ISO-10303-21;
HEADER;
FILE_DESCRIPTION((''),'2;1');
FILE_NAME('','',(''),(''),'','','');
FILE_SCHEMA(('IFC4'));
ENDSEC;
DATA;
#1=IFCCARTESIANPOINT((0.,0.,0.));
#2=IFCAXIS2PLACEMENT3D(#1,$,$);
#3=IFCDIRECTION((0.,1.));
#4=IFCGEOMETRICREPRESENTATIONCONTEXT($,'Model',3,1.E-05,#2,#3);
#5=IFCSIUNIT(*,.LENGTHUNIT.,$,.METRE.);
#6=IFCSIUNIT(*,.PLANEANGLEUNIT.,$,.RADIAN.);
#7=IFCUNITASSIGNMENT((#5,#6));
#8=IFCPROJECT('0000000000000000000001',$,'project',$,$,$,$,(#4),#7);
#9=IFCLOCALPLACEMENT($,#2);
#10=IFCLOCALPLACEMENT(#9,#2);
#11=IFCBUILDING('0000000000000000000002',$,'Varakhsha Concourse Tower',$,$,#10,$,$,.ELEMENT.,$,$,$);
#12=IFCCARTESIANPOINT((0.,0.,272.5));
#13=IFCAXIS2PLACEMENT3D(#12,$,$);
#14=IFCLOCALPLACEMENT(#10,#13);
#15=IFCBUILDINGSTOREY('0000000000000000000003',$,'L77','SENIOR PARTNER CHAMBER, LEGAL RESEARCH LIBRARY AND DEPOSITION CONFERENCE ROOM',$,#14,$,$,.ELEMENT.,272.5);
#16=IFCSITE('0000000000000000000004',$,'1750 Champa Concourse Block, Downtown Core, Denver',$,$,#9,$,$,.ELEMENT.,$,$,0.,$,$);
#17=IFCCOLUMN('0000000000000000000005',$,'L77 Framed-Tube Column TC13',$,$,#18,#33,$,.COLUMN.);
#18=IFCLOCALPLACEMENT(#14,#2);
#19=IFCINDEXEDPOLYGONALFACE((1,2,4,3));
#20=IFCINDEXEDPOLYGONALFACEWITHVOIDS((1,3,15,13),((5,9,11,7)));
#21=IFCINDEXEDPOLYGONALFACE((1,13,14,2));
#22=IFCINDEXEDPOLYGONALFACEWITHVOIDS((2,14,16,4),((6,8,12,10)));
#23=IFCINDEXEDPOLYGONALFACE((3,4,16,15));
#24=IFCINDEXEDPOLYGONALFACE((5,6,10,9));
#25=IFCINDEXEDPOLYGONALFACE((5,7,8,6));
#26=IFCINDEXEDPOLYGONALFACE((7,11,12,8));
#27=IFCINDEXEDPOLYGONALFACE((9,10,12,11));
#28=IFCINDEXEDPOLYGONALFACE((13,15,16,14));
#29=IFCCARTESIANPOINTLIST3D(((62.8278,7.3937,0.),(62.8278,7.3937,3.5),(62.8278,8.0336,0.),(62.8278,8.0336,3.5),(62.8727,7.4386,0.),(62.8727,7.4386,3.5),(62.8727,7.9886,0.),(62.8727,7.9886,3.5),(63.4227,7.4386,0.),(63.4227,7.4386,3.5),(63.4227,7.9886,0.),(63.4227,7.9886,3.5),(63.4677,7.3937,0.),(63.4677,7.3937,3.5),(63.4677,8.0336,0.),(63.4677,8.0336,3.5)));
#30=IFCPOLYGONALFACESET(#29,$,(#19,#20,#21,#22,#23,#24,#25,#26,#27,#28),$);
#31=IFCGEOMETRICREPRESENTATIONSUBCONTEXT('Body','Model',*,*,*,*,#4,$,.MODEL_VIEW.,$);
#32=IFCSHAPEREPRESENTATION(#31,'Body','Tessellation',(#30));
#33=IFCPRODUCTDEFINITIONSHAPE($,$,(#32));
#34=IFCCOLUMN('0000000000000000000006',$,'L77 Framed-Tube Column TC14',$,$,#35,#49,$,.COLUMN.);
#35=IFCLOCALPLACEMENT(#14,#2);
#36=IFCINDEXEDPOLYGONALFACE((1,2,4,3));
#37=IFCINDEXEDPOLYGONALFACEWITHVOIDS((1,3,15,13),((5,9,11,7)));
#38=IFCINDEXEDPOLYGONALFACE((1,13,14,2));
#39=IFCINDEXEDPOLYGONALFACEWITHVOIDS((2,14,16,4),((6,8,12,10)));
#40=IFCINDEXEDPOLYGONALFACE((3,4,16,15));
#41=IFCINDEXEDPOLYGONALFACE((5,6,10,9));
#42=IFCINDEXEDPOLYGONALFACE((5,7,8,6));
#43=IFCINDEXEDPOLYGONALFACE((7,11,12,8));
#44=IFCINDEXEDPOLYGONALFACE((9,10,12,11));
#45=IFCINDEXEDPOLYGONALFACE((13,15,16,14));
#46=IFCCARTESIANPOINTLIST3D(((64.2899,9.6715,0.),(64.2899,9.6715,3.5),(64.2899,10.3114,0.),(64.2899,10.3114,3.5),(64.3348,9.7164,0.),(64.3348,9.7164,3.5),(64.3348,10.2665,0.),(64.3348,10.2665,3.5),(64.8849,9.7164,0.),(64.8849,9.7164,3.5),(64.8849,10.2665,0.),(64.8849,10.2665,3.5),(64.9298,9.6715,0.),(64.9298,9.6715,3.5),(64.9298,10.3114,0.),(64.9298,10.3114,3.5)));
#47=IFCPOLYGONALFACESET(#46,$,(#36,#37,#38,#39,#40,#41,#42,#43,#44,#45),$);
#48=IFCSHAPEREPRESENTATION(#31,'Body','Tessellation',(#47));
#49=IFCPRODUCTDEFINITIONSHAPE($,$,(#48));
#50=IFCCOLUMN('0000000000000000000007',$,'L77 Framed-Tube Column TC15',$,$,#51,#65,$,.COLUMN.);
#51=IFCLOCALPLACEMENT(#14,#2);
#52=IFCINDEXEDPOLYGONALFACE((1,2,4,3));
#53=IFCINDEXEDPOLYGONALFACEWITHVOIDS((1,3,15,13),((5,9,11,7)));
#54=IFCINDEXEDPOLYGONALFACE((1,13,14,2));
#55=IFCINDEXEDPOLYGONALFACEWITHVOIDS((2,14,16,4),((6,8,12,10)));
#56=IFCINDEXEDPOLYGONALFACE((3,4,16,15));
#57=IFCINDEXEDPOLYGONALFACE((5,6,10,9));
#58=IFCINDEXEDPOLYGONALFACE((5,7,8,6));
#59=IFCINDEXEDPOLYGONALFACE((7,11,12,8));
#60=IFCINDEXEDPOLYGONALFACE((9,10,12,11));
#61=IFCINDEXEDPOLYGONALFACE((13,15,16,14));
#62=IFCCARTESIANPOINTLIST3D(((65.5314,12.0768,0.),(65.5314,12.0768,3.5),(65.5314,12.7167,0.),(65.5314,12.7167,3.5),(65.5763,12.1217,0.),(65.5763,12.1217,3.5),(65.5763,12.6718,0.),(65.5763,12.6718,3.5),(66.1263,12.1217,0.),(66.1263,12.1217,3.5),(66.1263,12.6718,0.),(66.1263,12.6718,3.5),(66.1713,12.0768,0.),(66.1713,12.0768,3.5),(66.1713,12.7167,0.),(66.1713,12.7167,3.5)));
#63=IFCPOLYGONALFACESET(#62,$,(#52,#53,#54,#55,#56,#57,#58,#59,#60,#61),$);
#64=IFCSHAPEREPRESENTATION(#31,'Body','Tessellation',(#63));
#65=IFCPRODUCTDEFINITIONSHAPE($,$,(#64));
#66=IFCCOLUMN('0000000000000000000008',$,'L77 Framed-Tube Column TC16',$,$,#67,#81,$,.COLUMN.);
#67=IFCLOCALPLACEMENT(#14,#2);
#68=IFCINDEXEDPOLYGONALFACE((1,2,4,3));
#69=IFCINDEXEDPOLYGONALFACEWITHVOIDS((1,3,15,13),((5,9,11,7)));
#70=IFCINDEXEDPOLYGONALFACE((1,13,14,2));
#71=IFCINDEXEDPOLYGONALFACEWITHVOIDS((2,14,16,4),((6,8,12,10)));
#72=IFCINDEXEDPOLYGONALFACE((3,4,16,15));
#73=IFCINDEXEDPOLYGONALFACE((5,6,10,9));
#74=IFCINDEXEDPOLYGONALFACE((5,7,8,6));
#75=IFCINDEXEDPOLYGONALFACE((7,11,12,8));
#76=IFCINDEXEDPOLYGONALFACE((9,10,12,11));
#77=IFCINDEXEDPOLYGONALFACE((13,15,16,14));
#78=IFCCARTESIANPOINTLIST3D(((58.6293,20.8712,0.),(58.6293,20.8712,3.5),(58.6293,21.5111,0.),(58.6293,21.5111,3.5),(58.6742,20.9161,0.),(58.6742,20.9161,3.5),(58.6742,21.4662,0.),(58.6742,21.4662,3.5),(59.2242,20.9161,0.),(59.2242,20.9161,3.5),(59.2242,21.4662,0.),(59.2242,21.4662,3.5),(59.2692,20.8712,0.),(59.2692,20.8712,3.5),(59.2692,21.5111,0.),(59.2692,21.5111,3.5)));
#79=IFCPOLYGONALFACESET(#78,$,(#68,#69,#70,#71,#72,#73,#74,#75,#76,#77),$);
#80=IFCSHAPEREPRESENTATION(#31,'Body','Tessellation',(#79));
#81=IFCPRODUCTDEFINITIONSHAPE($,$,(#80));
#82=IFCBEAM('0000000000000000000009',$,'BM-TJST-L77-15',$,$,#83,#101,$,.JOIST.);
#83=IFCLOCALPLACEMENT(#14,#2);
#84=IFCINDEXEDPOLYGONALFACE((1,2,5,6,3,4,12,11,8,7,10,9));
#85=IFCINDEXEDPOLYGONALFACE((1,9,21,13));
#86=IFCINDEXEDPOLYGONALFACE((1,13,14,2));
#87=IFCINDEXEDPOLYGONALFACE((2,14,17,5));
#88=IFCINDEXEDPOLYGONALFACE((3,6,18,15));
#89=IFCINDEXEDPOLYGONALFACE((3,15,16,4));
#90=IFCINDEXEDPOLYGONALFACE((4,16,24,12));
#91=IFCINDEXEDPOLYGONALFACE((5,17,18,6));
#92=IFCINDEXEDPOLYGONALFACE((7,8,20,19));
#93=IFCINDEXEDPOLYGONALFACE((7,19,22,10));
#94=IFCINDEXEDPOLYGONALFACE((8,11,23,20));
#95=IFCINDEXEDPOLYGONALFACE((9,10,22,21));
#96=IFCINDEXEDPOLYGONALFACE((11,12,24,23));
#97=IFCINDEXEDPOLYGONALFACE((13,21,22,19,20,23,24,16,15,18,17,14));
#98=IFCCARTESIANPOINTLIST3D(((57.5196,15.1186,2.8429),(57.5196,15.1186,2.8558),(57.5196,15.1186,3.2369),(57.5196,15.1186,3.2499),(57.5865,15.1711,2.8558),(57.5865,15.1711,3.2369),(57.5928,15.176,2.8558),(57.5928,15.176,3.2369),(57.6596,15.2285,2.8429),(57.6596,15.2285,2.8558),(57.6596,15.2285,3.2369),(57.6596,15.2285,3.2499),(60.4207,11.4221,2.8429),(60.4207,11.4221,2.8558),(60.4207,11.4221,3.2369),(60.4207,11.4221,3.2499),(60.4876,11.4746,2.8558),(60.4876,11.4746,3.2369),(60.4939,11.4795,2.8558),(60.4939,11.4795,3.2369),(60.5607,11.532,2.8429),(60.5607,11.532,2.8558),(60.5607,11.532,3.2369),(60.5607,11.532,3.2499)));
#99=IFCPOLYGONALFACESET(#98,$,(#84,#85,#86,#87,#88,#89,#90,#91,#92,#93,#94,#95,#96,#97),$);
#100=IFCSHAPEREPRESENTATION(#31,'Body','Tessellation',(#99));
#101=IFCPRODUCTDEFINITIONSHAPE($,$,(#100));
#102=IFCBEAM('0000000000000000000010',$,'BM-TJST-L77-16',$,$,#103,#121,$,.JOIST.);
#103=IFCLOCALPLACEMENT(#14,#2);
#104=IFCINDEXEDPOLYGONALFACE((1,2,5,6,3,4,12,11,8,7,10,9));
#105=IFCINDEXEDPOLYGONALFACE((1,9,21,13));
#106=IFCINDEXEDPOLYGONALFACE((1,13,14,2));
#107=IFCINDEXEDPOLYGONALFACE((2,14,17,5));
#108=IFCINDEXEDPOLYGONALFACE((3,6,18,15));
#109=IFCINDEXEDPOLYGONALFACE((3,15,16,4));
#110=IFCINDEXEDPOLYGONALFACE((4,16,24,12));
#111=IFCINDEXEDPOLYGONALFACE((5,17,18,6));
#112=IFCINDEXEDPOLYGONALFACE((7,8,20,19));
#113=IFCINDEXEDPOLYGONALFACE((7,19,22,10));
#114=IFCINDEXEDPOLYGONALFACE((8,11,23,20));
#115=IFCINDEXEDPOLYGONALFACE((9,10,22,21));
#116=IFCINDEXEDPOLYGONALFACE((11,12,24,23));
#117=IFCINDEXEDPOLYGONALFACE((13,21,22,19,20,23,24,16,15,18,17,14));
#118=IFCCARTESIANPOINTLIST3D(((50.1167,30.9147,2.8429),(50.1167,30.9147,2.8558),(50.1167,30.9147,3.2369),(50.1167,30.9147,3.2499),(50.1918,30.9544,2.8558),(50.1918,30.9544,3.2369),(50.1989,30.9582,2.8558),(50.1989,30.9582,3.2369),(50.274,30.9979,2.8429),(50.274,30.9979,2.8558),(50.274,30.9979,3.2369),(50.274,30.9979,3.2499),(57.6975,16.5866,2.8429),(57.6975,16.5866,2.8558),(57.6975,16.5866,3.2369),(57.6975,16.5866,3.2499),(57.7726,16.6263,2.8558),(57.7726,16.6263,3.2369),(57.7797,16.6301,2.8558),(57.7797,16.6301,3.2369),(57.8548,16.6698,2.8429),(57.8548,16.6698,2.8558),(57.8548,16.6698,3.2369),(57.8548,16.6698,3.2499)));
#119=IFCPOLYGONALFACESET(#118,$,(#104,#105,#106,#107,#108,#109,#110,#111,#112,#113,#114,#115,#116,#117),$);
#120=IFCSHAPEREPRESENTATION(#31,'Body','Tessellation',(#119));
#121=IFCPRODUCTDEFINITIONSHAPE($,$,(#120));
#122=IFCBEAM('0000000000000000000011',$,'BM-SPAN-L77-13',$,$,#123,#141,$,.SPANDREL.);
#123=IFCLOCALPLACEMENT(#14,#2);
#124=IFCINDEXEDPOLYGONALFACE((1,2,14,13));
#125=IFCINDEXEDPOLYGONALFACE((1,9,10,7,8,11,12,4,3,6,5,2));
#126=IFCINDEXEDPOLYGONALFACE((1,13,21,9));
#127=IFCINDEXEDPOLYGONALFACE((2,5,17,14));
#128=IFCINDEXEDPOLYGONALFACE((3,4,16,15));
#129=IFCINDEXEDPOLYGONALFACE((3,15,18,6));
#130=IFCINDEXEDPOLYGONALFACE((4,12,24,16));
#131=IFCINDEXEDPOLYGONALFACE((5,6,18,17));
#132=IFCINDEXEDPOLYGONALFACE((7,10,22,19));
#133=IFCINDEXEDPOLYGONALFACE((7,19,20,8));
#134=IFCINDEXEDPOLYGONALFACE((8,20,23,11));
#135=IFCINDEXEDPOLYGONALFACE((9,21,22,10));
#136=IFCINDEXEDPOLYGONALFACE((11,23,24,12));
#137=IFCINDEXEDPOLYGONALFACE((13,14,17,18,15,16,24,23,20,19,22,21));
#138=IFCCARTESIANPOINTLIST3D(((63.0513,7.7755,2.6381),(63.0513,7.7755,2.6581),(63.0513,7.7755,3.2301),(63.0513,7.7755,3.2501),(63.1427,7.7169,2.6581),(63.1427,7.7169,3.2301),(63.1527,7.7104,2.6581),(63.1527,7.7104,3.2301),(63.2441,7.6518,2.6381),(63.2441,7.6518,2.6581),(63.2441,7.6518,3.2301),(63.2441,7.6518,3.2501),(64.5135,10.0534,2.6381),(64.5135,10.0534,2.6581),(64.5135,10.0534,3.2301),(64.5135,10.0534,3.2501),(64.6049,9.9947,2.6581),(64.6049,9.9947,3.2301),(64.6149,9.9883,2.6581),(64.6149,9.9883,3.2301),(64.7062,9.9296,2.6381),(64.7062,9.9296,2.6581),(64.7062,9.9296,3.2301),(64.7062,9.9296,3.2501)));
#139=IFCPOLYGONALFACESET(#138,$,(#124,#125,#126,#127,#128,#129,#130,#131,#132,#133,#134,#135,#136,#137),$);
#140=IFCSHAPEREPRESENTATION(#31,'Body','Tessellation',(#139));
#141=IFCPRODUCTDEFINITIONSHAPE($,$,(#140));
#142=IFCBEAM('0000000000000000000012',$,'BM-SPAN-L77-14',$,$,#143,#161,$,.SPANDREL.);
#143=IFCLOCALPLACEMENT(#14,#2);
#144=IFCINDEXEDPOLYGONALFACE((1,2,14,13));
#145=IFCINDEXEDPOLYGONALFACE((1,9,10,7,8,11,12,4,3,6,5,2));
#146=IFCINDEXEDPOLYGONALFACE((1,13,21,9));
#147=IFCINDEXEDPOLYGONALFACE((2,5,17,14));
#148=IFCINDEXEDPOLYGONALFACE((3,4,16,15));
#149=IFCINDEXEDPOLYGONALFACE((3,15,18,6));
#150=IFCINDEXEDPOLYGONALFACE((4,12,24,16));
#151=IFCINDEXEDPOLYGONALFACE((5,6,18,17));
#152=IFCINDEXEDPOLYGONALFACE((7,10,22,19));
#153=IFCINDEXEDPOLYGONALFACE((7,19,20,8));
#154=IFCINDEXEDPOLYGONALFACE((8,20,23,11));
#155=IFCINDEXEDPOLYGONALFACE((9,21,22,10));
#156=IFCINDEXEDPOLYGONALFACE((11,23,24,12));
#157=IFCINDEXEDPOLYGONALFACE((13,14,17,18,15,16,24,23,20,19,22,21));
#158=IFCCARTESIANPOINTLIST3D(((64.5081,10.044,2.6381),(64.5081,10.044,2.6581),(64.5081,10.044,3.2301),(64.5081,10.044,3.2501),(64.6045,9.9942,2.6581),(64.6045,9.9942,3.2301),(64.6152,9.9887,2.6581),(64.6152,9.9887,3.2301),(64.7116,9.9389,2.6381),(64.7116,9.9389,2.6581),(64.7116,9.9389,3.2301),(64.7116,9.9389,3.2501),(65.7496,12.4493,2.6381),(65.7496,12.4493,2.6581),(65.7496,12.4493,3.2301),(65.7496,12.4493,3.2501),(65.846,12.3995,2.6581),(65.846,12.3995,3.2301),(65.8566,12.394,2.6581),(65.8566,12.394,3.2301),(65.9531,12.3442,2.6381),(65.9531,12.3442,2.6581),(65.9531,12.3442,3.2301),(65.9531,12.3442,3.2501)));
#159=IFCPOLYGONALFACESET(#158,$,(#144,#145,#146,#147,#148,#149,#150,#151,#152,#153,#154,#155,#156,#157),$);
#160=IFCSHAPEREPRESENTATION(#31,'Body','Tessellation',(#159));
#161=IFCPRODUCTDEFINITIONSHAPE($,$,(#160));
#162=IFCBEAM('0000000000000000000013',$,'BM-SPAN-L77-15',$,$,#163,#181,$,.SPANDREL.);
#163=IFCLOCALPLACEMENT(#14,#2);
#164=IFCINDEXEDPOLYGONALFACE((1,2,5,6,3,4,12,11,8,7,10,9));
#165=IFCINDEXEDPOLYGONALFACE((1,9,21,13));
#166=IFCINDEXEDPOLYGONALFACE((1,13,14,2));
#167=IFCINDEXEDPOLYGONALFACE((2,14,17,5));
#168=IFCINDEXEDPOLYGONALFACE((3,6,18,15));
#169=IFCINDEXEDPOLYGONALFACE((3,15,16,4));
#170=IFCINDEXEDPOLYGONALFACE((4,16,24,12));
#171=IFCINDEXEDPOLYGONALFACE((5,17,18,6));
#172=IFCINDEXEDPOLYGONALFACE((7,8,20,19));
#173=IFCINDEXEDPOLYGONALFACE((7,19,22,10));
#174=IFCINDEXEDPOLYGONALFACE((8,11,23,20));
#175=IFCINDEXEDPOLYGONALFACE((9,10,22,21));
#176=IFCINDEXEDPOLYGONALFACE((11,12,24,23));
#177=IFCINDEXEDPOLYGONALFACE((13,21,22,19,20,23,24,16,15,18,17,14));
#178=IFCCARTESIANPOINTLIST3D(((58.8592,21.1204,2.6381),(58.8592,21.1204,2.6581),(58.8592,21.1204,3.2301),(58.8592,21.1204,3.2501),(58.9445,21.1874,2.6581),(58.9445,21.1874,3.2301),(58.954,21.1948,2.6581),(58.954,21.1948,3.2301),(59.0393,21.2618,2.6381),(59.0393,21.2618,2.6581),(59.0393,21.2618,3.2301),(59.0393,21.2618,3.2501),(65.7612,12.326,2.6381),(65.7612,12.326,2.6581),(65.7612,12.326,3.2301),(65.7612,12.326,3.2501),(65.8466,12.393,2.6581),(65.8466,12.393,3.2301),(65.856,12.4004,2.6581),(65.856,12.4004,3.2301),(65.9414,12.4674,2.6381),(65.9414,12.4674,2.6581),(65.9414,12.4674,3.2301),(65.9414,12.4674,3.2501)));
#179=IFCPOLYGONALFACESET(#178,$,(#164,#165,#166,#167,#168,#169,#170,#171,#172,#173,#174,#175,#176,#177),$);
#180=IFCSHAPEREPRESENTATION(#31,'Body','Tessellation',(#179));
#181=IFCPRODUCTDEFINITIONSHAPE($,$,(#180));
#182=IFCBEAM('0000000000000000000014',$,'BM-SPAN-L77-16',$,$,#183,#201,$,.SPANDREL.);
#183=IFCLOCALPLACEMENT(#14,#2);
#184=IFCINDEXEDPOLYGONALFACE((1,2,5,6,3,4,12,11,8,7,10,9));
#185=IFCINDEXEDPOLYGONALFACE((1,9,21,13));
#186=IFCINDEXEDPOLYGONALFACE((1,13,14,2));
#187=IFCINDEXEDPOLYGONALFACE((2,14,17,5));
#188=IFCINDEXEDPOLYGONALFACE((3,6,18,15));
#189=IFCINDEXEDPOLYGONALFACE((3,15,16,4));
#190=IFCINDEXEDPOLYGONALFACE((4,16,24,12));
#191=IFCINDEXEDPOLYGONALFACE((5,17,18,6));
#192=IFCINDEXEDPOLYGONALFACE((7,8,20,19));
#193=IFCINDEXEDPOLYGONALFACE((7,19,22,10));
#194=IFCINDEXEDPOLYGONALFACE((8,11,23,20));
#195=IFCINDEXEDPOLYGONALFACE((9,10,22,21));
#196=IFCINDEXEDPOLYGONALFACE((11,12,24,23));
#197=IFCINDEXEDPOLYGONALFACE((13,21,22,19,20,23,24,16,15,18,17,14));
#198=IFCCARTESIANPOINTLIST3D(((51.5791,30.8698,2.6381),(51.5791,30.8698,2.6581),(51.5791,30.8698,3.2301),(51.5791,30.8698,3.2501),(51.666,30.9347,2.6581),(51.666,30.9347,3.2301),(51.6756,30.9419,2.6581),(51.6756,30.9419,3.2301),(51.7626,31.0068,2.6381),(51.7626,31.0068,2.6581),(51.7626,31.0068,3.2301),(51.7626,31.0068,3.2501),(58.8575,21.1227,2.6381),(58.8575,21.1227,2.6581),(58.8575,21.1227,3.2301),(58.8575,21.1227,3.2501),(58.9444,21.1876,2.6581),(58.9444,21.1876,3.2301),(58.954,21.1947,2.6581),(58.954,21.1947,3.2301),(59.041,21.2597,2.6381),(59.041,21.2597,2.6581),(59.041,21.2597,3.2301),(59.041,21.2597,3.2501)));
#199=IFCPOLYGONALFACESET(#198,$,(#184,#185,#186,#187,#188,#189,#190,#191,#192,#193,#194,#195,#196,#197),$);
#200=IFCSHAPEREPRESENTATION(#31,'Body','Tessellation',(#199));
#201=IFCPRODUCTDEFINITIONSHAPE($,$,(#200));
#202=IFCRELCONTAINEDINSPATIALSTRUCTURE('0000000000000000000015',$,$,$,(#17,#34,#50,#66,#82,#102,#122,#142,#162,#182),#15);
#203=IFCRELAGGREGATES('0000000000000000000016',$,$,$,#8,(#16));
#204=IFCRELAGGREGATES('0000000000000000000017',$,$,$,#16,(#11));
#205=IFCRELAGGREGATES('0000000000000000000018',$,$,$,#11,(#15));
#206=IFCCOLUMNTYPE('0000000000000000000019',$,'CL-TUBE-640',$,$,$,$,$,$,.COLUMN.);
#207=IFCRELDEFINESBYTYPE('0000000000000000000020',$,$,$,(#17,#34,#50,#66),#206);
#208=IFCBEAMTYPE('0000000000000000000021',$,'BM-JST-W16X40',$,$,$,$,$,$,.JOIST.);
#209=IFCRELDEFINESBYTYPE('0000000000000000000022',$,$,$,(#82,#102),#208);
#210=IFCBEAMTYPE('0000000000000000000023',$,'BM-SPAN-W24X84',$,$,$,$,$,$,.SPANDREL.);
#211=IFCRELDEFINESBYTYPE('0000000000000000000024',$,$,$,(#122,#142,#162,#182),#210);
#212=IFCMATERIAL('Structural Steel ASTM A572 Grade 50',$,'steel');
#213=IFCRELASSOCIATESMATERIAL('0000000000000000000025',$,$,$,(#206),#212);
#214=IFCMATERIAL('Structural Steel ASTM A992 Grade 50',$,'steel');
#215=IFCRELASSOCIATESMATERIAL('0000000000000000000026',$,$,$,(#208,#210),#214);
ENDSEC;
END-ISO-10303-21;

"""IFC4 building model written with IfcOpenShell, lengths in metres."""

from ifc_helpers import new_model, si_unit, direction, frame, origin, origin_2d, place, context, subcontext, project, spatial, hollow_rectangle, i_section, extrude, material, material_profile, profile_set, type_object, element, save


model = new_model("IFC4")

# Units and contexts
model_context = context("Model", 3, precision=1e-05, world=origin(), true_north=direction((0.0, 1.0)))
body_context = subcontext(model_context, "Body", "Model", "MODEL_VIEW")
ifc_project = project(units=[si_unit("LENGTHUNIT", "METRE"), si_unit("PLANEANGLEUNIT", "RADIAN")], contexts=[model_context])

# Site, building, storey
site_placement = place(None, origin())
site = spatial("IfcSite", under=ifc_project, at=site_placement, Name="1750 Champa Concourse Block, Downtown Core, Denver", CompositionType="ELEMENT", RefElevation=0.0)
building_placement = place(site_placement, origin())
building = spatial("IfcBuilding", under=site, at=building_placement, Name="Varakhsha Concourse Tower", CompositionType="ELEMENT")
storey_placement = place(building_placement, frame((0.0, 0.0, 272.5)))
storey = spatial("IfcBuildingStorey", under=building, at=storey_placement, Name="L77", Description="SENIOR PARTNER CHAMBER, LEGAL RESEARCH LIBRARY AND DEPOSITION CONFERENCE ROOM", CompositionType="ELEMENT", Elevation=272.5)

# Columns
ifc_material_1 = material(Name="Structural Steel ASTM A572 Grade 50", Category="steel")
ifc_material_profile_1 = material_profile(ifc_material_1, hollow_rectangle(XDim=0.6399, YDim=0.6399, WallThickness=0.0449, at=origin_2d()), Name="BOX 640x640x45")
ifc_profile_set_1 = profile_set([ifc_material_profile_1], Name="Structural Steel ASTM A572 Grade 50")
column_type = type_object("IfcColumnType", Name="CL-TUBE-640", PredefinedType="COLUMN", material=ifc_profile_set_1)
for number, where, z_axis, x_axis, name in (
    (1, (63.1477, 7.7136, 0.0), (0.0, 0.0, 1.0), (1.0, 0.0, 0.0), "L77 Framed-Tube Column TC13"),
    (2, (64.6099, 9.9915, 0.0), (0.0, 0.0, 1.0), (1.0, 0.0, 0.0), "L77 Framed-Tube Column TC14"),
    (3, (65.8513, 12.3967, 0.0), (0.0, 0.0, 1.0), (1.0, 0.0, 0.0), "L77 Framed-Tube Column TC15"),
    (4, (58.9492, 21.1912, 0.0), (0.0, 0.0, 1.0), (1.0, 0.0, 0.0), "L77 Framed-Tube Column TC16"),
):
    element("IfcColumn", number, at=place(storey_placement, frame(where, z_axis=z_axis, x_axis=x_axis)), inside=storey, type_object=column_type, Name=name, PredefinedType="COLUMN", context=body_context, shape_type="SweptSolid", body=[
        extrude(hollow_rectangle(XDim=0.6399, YDim=0.6399, WallThickness=0.0449, at=origin_2d()), origin(), (0.0, 0.0, 1.0), 3.5),
    ])

# Beams
ifc_material_2 = material(Name="Structural Steel ASTM A992 Grade 50", Category="steel")
ifc_material_profile_2 = material_profile(ifc_material_2, i_section(OverallWidth=0.178, OverallDepth=0.407, WebThickness=0.0081, FlangeThickness=0.0129, at=origin_2d()), Name="W16X40")
ifc_profile_set_2 = profile_set([ifc_material_profile_2], Name="Structural Steel ASTM A992 Grade 50")
beam_type_1 = type_object("IfcBeamType", Name="BM-JST-W16X40", PredefinedType="JOIST", material=ifc_profile_set_2)
beam_1_placement = place(storey_placement, frame((60.4907, 11.4771, 3.0464), z_axis=(-0.617388, 0.786659, 0.0), x_axis=(-0.786659, -0.617388, 0.0)))
element("IfcBeam", 5, at=beam_1_placement, inside=storey, type_object=beam_type_1, Name="BM-TJST-L77-15", PredefinedType="JOIST", context=body_context, shape_type="SweptSolid", body=[
    extrude(i_section(OverallWidth=0.178, OverallDepth=0.407, WebThickness=0.0081, FlangeThickness=0.0129, at=origin_2d()), origin(), (0.0, 0.0, 1.0), 4.699),
])
beam_2_placement = place(storey_placement, frame((57.7761, 16.6282, 3.0464), z_axis=(-0.467663, 0.883907, 0.0), x_axis=(-0.883907, -0.467663, 0.0)))
element("IfcBeam", 6, at=beam_2_placement, inside=storey, type_object=beam_type_1, Name="BM-TJST-L77-16", PredefinedType="JOIST", context=body_context, shape_type="SweptSolid", body=[
    extrude(i_section(OverallWidth=0.178, OverallDepth=0.407, WebThickness=0.0081, FlangeThickness=0.0129, at=origin_2d()), origin(), (0.0, 0.0, 1.0), 16.21),
])
ifc_material_profile_3 = material_profile(ifc_material_2, i_section(OverallWidth=0.229, OverallDepth=0.6121, WebThickness=0.012, FlangeThickness=0.02, at=origin_2d()), Name="W24X84")
ifc_profile_set_3 = profile_set([ifc_material_profile_3], Name="Structural Steel ASTM A992 Grade 50")
beam_type_2 = type_object("IfcBeamType", Name="BM-SPAN-W24X84", PredefinedType="SPANDREL", material=ifc_profile_set_3)
for number, where, z_axis, x_axis, name in (
    (7, (63.1477, 7.7136, 2.9441), (0.540192, 0.841542, 0.0), (-0.841542, 0.540192, 0.0), "BM-SPAN-L77-13"),
    (8, (64.6099, 9.9915, 2.9441), (0.45865, 0.888617, 0.0), (-0.888617, 0.45865, 0.0), "BM-SPAN-L77-14"),
):
    element("IfcBeam", number, at=place(storey_placement, frame(where, z_axis=z_axis, x_axis=x_axis)), inside=storey, type_object=beam_type_2, Name=name, PredefinedType="SPANDREL", context=body_context, shape_type="SweptSolid", body=[
        extrude(i_section(OverallWidth=0.229, OverallDepth=0.6121, WebThickness=0.012, FlangeThickness=0.02, at=origin_2d()), origin(), (0.0, 0.0, 1.0), 2.7068),
    ])
beam_3_placement = place(storey_placement, frame((65.8513, 12.3967, 2.9441), z_axis=(-0.617389, 0.786658, 0.0), x_axis=(-0.786658, -0.617389, 0.0)))
element("IfcBeam", 9, at=beam_3_placement, inside=storey, type_object=beam_type_2, Name="BM-SPAN-L77-15", PredefinedType="SPANDREL", context=body_context, shape_type="SweptSolid", body=[
    extrude(i_section(OverallWidth=0.229, OverallDepth=0.6121, WebThickness=0.012, FlangeThickness=0.02, at=origin_2d()), origin(), (0.0, 0.0, 1.0), 11.1794),
])
beam_4_placement = place(storey_placement, frame((58.9492, 21.1912, 2.9441), z_axis=(-0.598316, 0.80126, 0.0), x_axis=(-0.80126, -0.598316, 0.0)))
element("IfcBeam", 10, at=beam_4_placement, inside=storey, type_object=beam_type_2, Name="BM-SPAN-L77-16", PredefinedType="SPANDREL", context=body_context, shape_type="SweptSolid", body=[
    extrude(i_section(OverallWidth=0.229, OverallDepth=0.6121, WebThickness=0.012, FlangeThickness=0.02, at=origin_2d()), origin(), (0.0, 0.0, 1.0), 12.1648),
])

save(model, "model.ifc")
